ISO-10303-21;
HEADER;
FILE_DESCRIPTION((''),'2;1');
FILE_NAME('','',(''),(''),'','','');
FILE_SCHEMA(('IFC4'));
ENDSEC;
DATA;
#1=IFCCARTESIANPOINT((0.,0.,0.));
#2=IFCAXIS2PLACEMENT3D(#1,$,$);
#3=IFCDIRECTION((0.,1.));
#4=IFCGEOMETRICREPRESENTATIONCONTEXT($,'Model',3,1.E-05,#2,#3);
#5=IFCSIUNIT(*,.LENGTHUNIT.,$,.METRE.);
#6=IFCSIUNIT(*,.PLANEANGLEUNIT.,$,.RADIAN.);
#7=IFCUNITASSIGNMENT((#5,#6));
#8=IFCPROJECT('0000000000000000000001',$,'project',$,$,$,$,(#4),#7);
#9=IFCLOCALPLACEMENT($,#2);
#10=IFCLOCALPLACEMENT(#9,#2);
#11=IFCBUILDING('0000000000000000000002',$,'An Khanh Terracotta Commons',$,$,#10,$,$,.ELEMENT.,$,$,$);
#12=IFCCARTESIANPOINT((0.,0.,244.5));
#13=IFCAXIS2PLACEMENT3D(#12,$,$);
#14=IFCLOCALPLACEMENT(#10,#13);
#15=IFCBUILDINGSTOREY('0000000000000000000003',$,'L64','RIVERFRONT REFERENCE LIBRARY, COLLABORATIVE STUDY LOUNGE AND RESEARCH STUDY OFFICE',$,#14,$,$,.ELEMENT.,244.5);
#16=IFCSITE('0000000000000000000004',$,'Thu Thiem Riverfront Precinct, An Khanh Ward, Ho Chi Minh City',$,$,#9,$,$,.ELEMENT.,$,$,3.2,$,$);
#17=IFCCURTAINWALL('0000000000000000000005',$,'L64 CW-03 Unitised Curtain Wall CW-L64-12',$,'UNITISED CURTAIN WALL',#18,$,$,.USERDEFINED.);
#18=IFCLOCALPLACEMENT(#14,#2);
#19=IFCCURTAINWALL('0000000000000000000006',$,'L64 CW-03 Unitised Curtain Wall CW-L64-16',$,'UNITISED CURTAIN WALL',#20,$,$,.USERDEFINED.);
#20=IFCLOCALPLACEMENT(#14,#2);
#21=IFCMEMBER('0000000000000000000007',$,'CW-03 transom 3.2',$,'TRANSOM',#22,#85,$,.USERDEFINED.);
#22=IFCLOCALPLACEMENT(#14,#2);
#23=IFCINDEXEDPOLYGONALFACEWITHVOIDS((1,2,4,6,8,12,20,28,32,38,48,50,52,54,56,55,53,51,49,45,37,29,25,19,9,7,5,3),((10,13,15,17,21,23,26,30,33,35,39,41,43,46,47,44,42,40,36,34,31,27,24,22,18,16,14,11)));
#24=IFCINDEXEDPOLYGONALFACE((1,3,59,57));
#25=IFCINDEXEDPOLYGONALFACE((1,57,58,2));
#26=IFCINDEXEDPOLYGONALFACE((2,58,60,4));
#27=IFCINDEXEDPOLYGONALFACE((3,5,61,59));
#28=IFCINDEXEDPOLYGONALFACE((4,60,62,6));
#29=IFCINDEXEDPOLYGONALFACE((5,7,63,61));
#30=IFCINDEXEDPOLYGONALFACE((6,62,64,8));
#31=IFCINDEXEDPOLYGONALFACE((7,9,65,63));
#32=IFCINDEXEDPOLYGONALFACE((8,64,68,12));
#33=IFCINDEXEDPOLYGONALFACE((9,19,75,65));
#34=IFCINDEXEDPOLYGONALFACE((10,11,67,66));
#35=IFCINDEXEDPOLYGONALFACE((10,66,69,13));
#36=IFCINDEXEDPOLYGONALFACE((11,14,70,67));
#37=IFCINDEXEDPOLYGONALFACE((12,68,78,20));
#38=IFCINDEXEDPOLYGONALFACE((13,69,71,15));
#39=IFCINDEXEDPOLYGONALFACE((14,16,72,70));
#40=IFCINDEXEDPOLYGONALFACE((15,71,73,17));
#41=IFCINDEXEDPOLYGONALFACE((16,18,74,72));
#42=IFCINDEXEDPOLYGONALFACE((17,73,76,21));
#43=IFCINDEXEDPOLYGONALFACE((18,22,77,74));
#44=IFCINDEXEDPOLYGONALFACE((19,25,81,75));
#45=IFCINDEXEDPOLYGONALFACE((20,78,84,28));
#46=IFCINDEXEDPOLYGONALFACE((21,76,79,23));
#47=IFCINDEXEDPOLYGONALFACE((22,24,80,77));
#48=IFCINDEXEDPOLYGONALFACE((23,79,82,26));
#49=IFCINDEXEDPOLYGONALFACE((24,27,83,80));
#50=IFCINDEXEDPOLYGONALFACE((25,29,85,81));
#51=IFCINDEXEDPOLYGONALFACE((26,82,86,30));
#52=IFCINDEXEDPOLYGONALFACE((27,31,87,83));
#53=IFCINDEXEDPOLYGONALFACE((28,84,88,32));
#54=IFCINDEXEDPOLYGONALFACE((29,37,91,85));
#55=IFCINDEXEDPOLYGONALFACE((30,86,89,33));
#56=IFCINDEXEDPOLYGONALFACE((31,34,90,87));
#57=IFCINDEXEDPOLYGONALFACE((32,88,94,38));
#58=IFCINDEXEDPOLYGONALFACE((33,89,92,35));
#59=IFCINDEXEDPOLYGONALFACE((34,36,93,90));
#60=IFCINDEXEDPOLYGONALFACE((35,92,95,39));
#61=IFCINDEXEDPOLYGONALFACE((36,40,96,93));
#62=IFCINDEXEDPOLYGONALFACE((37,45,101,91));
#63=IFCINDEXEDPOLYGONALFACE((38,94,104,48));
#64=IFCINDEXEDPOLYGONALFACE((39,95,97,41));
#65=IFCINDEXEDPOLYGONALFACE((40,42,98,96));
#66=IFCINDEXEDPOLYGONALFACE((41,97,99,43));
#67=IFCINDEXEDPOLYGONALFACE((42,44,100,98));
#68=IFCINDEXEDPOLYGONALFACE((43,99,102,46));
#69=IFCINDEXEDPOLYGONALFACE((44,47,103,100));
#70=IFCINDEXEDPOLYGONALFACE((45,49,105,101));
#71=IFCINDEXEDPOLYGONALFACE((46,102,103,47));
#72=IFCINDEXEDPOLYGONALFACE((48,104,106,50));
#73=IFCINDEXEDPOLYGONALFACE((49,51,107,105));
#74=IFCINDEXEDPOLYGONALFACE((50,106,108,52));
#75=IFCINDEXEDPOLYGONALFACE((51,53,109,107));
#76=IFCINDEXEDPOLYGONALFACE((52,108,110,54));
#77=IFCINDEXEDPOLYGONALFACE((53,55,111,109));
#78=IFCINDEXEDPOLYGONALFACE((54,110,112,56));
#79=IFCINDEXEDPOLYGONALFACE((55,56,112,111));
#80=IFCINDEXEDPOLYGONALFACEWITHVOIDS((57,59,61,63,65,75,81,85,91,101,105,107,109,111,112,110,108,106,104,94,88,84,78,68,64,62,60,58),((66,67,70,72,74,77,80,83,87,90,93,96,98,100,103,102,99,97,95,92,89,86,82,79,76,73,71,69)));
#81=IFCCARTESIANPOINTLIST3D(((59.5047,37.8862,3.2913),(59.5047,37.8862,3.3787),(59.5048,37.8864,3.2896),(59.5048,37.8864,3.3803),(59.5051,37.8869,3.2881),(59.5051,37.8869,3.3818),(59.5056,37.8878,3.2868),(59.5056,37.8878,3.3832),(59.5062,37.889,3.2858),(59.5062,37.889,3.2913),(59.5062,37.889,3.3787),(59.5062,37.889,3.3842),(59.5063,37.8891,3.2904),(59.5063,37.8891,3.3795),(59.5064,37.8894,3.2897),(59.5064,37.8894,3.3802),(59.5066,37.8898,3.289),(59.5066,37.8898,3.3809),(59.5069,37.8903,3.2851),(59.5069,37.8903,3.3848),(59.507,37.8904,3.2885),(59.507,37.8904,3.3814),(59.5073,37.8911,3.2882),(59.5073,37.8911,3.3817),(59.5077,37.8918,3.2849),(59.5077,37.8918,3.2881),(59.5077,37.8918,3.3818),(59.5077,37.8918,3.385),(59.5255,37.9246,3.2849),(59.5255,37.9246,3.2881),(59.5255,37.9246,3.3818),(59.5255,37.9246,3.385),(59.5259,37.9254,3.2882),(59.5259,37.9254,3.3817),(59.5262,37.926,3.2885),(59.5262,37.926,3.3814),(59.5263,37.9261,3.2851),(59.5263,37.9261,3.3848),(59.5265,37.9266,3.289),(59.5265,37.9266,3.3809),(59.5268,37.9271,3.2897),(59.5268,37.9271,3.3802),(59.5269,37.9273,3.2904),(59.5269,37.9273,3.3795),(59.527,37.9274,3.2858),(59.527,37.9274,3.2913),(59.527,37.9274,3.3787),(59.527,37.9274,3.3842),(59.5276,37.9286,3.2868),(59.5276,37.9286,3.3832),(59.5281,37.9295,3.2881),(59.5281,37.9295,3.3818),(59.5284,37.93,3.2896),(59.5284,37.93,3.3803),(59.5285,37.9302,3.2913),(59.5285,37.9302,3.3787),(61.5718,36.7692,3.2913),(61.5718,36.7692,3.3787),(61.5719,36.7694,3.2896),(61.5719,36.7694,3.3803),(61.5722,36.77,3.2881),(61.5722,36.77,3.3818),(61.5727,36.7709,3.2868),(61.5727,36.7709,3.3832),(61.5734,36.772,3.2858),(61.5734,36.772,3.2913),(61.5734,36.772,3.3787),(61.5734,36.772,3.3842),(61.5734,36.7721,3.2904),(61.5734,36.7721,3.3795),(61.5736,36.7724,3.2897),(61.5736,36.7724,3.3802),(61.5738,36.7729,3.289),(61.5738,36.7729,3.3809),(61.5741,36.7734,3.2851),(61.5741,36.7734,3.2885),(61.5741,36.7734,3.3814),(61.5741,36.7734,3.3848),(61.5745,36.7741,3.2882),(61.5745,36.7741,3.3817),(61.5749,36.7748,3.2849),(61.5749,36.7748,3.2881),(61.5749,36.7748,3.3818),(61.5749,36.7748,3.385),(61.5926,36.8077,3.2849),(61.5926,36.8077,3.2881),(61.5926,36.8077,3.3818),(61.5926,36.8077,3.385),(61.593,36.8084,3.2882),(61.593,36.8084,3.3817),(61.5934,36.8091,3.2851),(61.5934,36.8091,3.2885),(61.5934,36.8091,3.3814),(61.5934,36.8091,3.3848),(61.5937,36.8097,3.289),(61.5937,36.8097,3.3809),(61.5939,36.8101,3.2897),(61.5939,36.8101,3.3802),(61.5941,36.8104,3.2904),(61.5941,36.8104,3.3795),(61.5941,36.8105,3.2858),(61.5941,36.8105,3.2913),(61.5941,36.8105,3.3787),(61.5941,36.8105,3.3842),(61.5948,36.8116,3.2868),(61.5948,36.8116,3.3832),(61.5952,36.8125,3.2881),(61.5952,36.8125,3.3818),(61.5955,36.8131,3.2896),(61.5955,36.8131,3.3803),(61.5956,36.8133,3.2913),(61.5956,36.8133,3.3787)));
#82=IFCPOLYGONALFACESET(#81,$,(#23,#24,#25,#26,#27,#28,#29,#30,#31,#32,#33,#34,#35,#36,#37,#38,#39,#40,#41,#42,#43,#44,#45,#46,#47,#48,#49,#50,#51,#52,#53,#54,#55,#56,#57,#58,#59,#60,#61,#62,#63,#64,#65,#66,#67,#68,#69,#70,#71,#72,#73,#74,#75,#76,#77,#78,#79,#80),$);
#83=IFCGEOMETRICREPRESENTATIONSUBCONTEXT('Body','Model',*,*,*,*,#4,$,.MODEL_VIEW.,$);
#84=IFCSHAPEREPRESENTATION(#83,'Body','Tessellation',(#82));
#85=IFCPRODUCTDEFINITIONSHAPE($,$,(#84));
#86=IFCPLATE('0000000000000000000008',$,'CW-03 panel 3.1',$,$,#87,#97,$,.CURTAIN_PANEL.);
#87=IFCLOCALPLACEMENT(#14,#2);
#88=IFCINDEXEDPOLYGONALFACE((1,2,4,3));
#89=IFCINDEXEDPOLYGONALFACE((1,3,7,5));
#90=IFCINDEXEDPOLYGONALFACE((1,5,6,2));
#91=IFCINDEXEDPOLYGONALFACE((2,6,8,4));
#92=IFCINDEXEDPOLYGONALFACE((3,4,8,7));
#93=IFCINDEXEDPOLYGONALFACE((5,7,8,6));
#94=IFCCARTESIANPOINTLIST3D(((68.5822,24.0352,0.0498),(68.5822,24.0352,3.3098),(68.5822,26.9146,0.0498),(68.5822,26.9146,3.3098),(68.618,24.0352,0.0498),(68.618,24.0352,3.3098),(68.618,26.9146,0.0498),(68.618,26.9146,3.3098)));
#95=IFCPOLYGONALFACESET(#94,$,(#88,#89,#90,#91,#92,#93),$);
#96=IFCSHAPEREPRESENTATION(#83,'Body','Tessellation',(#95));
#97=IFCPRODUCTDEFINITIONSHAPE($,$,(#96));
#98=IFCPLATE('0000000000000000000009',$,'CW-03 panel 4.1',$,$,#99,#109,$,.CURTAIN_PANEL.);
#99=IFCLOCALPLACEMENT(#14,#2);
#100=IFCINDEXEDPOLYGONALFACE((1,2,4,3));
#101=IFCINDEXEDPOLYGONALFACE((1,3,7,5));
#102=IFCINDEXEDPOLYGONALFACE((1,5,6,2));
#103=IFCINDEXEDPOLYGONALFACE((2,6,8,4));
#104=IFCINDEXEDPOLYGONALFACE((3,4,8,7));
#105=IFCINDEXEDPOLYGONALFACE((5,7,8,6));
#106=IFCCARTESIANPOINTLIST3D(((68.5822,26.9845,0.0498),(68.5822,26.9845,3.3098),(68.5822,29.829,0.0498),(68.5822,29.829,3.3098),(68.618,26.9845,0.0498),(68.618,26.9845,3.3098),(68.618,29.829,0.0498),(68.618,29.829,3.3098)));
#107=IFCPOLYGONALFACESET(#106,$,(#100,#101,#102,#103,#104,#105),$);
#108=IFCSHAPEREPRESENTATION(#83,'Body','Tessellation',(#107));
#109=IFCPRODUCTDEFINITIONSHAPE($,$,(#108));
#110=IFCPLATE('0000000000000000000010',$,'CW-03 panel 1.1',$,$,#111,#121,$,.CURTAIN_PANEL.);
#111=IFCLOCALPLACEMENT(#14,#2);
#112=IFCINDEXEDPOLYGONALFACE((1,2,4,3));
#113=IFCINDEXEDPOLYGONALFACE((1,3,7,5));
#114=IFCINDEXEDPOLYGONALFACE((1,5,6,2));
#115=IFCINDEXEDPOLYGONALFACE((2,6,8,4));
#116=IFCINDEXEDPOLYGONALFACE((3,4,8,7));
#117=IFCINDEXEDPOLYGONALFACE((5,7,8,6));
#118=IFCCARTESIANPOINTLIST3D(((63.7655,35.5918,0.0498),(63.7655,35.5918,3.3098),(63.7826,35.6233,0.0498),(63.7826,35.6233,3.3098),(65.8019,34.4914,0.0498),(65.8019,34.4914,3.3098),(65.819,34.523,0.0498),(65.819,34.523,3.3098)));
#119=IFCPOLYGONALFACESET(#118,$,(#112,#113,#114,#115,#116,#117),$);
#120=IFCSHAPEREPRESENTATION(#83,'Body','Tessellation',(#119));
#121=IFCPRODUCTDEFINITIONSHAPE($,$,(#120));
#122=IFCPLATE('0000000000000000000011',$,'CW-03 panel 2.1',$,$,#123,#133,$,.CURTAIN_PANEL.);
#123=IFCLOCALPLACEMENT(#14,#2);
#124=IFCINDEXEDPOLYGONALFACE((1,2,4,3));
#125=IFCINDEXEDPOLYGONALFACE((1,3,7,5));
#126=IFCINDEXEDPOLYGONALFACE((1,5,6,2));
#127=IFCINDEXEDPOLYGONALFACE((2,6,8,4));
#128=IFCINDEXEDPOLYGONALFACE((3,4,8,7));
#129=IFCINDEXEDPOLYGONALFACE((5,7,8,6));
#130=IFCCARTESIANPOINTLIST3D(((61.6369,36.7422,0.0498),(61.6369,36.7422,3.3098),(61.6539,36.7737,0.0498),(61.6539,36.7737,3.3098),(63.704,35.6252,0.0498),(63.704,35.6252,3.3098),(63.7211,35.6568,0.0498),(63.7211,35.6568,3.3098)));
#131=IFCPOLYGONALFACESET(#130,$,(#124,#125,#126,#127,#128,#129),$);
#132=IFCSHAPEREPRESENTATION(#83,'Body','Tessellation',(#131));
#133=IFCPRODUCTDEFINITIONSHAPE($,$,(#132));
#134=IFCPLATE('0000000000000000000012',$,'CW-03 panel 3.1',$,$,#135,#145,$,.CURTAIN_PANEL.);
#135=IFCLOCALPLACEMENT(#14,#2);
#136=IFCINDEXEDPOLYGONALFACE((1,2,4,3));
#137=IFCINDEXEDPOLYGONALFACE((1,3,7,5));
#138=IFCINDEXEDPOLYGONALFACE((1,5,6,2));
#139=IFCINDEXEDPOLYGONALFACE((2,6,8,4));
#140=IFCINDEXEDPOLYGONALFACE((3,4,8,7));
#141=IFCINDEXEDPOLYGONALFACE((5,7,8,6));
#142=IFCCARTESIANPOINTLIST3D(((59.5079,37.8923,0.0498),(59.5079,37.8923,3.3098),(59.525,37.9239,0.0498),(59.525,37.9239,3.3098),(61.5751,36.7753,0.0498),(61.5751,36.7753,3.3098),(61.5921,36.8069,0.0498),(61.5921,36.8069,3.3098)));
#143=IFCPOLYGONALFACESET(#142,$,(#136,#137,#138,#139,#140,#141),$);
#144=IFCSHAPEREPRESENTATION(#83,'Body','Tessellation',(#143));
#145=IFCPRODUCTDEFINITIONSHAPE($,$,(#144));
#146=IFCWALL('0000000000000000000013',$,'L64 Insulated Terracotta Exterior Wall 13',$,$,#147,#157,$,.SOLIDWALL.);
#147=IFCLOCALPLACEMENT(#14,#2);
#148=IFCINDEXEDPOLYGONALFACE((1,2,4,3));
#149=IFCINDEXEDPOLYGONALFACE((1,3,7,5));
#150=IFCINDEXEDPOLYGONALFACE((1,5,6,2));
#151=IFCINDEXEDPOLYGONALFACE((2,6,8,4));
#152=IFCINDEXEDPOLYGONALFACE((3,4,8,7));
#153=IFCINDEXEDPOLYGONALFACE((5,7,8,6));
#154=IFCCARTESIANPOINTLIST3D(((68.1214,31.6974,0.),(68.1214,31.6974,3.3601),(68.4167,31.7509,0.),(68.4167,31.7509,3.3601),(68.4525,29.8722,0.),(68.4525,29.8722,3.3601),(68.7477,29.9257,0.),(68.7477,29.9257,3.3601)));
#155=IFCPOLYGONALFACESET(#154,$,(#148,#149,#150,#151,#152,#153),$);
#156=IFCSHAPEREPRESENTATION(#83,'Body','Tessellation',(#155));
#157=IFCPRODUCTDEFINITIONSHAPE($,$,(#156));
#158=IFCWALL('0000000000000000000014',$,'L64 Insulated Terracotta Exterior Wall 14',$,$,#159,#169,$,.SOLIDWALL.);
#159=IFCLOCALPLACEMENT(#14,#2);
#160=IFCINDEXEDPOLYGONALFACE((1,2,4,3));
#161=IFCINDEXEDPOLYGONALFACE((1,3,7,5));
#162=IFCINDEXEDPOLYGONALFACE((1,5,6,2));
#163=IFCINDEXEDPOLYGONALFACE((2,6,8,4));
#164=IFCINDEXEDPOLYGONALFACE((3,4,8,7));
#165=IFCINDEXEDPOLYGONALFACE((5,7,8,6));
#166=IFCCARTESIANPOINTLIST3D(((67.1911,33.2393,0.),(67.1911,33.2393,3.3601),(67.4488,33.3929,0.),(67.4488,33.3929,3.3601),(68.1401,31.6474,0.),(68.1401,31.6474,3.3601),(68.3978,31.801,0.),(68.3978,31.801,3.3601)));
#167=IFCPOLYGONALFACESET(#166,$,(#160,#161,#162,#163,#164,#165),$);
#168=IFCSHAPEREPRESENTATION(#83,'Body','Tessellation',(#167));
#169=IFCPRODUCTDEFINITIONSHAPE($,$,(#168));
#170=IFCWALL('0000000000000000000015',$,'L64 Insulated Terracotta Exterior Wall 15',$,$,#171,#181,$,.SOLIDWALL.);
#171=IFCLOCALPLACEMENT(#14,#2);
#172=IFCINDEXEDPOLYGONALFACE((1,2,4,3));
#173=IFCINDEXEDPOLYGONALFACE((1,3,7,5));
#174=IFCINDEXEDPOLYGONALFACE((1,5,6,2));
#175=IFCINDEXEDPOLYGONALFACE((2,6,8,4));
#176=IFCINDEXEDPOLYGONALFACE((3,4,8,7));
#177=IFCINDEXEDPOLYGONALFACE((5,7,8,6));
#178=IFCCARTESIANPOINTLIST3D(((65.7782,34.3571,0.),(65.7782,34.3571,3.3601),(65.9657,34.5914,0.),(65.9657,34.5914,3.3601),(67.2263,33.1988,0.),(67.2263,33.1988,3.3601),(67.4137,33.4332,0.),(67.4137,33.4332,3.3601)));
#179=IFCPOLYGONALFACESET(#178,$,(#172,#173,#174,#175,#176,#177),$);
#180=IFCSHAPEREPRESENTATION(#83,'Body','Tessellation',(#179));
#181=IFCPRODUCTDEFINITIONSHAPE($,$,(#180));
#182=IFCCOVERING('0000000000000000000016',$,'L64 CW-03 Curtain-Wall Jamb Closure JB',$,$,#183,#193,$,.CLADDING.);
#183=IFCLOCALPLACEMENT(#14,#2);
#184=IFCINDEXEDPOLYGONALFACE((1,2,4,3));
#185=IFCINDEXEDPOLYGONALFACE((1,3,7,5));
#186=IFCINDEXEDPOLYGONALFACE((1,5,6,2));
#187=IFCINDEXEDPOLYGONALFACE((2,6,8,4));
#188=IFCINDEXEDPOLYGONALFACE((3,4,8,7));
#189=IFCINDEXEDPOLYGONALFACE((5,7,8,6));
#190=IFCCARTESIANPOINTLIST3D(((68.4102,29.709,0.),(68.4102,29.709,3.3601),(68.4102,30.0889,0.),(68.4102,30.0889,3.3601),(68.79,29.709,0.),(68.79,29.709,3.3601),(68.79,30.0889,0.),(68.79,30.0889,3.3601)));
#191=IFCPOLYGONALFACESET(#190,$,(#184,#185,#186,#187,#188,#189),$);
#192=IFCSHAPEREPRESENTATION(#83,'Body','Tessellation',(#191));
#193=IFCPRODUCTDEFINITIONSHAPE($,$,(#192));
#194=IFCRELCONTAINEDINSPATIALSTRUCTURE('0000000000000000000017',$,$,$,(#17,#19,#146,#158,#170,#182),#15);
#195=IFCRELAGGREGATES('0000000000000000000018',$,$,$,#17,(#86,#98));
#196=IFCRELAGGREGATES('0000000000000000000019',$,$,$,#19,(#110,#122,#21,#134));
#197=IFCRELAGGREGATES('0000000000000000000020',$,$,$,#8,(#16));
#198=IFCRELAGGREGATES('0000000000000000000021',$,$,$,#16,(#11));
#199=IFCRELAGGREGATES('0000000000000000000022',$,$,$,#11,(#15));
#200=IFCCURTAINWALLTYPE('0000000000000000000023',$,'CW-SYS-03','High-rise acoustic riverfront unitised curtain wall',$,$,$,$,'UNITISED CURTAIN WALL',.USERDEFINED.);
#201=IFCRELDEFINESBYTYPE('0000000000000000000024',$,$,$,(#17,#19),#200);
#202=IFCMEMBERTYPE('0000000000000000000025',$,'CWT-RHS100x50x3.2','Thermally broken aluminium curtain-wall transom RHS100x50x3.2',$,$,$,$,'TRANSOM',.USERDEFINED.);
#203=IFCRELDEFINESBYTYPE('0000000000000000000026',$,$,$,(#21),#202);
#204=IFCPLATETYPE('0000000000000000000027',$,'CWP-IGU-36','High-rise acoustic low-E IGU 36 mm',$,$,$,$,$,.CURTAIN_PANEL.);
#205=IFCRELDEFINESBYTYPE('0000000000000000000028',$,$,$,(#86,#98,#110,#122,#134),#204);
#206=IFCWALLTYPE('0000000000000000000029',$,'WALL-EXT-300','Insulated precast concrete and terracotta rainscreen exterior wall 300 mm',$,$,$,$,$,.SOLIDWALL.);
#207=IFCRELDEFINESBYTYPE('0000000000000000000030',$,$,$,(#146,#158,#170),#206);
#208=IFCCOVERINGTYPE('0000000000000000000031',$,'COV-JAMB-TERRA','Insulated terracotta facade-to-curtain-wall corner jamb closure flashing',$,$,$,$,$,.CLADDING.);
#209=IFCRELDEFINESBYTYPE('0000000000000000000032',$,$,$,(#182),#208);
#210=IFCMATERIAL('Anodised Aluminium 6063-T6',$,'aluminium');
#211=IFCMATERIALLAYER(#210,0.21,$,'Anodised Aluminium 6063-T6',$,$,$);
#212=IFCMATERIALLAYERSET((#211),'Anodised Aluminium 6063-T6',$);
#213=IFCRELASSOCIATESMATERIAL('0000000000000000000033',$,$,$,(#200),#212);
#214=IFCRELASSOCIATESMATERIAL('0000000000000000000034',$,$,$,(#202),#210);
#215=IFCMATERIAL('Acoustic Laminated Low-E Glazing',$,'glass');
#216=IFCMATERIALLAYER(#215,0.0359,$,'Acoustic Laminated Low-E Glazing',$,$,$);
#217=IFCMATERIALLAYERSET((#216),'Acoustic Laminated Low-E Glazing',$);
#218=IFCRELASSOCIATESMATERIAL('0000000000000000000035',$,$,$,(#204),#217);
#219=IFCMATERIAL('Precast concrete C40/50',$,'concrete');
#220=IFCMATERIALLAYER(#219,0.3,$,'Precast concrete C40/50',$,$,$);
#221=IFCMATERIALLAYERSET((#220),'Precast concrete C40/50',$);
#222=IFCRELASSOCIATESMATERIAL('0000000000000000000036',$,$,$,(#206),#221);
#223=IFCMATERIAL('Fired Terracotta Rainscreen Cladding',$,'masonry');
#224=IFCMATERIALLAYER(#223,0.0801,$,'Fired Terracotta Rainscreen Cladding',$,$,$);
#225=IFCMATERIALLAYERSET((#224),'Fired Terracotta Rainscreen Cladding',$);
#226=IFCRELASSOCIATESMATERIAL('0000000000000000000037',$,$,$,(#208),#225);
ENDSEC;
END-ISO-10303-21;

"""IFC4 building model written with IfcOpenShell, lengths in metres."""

from ifc_helpers import new_model, si_unit, direction, frame, frame_2d, origin, origin_2d, place, context, subcontext, project, spatial, rectangle, hollow_rectangle, extrude, material, layer, layer_set, material_profile, profile_set, type_object, element, aggregate, save


model = new_model("IFC4")

# Units and contexts
model_context = context("Model", 3, precision=1e-05, world=origin(), true_north=direction((0.0, 1.0)))
body_context = subcontext(model_context, "Body", "Model", "MODEL_VIEW")
ifc_project = project(units=[si_unit("LENGTHUNIT", "METRE"), si_unit("PLANEANGLEUNIT", "RADIAN")], contexts=[model_context])

# Site, building, storey
site_placement = place(None, origin())
site = spatial("IfcSite", under=ifc_project, at=site_placement, Name="Thu Thiem Riverfront Precinct, An Khanh Ward, Ho Chi Minh City", CompositionType="ELEMENT", RefElevation=3.2)
building_placement = place(site_placement, origin())
building = spatial("IfcBuilding", under=site, at=building_placement, Name="An Khanh Terracotta Commons", CompositionType="ELEMENT")
storey_placement = place(building_placement, frame((0.0, 0.0, 244.5)))
storey = spatial("IfcBuildingStorey", under=building, at=storey_placement, Name="L64", Description="RIVERFRONT REFERENCE LIBRARY, COLLABORATIVE STUDY LOUNGE AND RESEARCH STUDY OFFICE", CompositionType="ELEMENT", Elevation=244.5)

# Curtain walls
ifc_material_1 = material(Name="Anodised Aluminium 6063-T6", Category="aluminium")
ifc_layer_1 = layer(ifc_material_1, 0.21, Name="Anodised Aluminium 6063-T6")
ifc_layer_set_1 = layer_set([ifc_layer_1], Name="Anodised Aluminium 6063-T6")
curtain_wall_type = type_object("IfcCurtainWallType", Name="CW-SYS-03", Description="High-rise acoustic riverfront unitised curtain wall", ElementType="UNITISED CURTAIN WALL", PredefinedType="USERDEFINED", material=ifc_layer_set_1)
curtain_wall_1_placement = place(storey_placement, origin())
curtain_wall_1 = element("IfcCurtainWall", 1, at=curtain_wall_1_placement, inside=storey, type_object=curtain_wall_type, Name="L64 CW-03 Unitised Curtain Wall CW-L64-12", ObjectType="UNITISED CURTAIN WALL", PredefinedType="USERDEFINED")
curtain_wall_2_placement = place(storey_placement, origin())
curtain_wall_2 = element("IfcCurtainWall", 2, at=curtain_wall_2_placement, inside=storey, type_object=curtain_wall_type, Name="L64 CW-03 Unitised Curtain Wall CW-L64-16", ObjectType="UNITISED CURTAIN WALL", PredefinedType="USERDEFINED")

# Member
ifc_material_profile_1 = material_profile(ifc_material_1, hollow_rectangle(XDim=0.05, YDim=0.1001, WallThickness=0.0032, InnerFilletRadius=0.0032, OuterFilletRadius=0.0063, at=origin_2d()), Name="RHS100x50x3.2")
ifc_profile_set_1 = profile_set([ifc_material_profile_1], Name="Anodised Aluminium 6063-T6")
member_type_1 = type_object("IfcMemberType", Name="CWT-RHS100x50x3.2", Description="Thermally broken aluminium curtain-wall transom RHS100x50x3.2", ElementType="TRANSOM", PredefinedType="USERDEFINED", material=ifc_profile_set_1)
member_1_placement = place(storey_placement, frame((61.5837, 36.7913, 3.335), z_axis=(-0.879783, 0.475376, 0.0), x_axis=(-0.475376, -0.879783, 0.0)))
member_1 = element("IfcMember", 3, at=member_1_placement, type_object=member_type_1, Name="CW-03 transom 3.2", ObjectType="TRANSOM", PredefinedType="USERDEFINED", context=body_context, shape_type="SweptSolid", body=[
    extrude(hollow_rectangle(XDim=0.05, YDim=0.1001, WallThickness=0.0032, InnerFilletRadius=0.0032, OuterFilletRadius=0.0063, at=origin_2d()), origin(), (0.0, 0.0, 1.0), 2.3496),
])

# Plates
ifc_material_2 = material(Name="Acoustic Laminated Low-E Glazing", Category="glass")
ifc_layer_2 = layer(ifc_material_2, 0.0359, Name="Acoustic Laminated Low-E Glazing")
ifc_layer_set_2 = layer_set([ifc_layer_2], Name="Acoustic Laminated Low-E Glazing")
plate_type = type_object("IfcPlateType", Name="CWP-IGU-36", Description="High-rise acoustic low-E IGU 36 mm", PredefinedType="CURTAIN_PANEL", material=ifc_layer_set_2)
plate_1_placement = place(storey_placement, frame((68.6001, 25.4749, 0.0498), z_axis=(0.0, 0.0, 1.0), x_axis=(0.0, 1.0, 0.0)))
plate_1 = element("IfcPlate", 4, at=plate_1_placement, type_object=plate_type, Name="CW-03 panel 3.1", PredefinedType="CURTAIN_PANEL", context=body_context, shape_type="SweptSolid", body=[
    extrude(rectangle(XDim=2.8794, YDim=0.0359, at=origin_2d()), origin(), (0.0, 0.0, 1.0), 3.26),
])
plate_2_placement = place(storey_placement, frame((68.6001, 28.4067, 0.0498), z_axis=(0.0, 0.0, 1.0), x_axis=(0.0, 1.0, 0.0)))
plate_2 = element("IfcPlate", 5, at=plate_2_placement, type_object=plate_type, Name="CW-03 panel 4.1", PredefinedType="CURTAIN_PANEL", context=body_context, shape_type="SweptSolid", body=[
    extrude(rectangle(XDim=2.8445, YDim=0.0359, at=origin_2d()), origin(), (0.0, 0.0, 1.0), 3.26),
])
aggregate(curtain_wall_1, [plate_1, plate_2])
plate_3_placement = place(storey_placement, frame((64.7922, 35.0574, 0.0498), z_axis=(0.0, 0.0, 1.0), x_axis=(-0.87978, 0.475381, 0.0)))
plate_3 = element("IfcPlate", 6, at=plate_3_placement, type_object=plate_type, Name="CW-03 panel 1.1", PredefinedType="CURTAIN_PANEL", context=body_context, shape_type="SweptSolid", body=[
    extrude(rectangle(XDim=2.3147, YDim=0.0359, at=origin_2d()), origin(), (0.0, 0.0, 1.0), 3.26),
])
plate_4_placement = place(storey_placement, frame((62.679, 36.1995, 0.0498), z_axis=(0.0, 0.0, 1.0), x_axis=(-0.87978, 0.475381, 0.0)))
plate_4 = element("IfcPlate", 7, at=plate_4_placement, type_object=plate_type, Name="CW-03 panel 2.1", PredefinedType="CURTAIN_PANEL", context=body_context, shape_type="SweptSolid", body=[
    extrude(rectangle(XDim=2.3496, YDim=0.0359, at=origin_2d()), origin(), (0.0, 0.0, 1.0), 3.26),
])
plate_5_placement = place(storey_placement, frame((60.55, 37.3496, 0.0498), z_axis=(0.0, 0.0, 1.0), x_axis=(-0.87978, 0.475381, 0.0)))
plate_5 = element("IfcPlate", 8, at=plate_5_placement, type_object=plate_type, Name="CW-03 panel 3.1", PredefinedType="CURTAIN_PANEL", context=body_context, shape_type="SweptSolid", body=[
    extrude(rectangle(XDim=2.3496, YDim=0.0359, at=origin_2d()), origin(), (0.0, 0.0, 1.0), 3.26),
])
aggregate(curtain_wall_2, [plate_3, plate_4, member_1, plate_5])

# Walls
ifc_material_3 = material(Name="Precast concrete C40/50", Category="concrete")
ifc_layer_3 = layer(ifc_material_3, 0.3, Name="Precast concrete C40/50")
ifc_layer_set_3 = layer_set([ifc_layer_3], Name="Precast concrete C40/50")
wall_type = type_object("IfcWallType", Name="WALL-EXT-300", Description="Insulated precast concrete and terracotta rainscreen exterior wall 300 mm", PredefinedType="SOLIDWALL", material=ifc_layer_set_3)
wall_1_placement = place(storey_placement, frame((68.6001, 29.8989, 0.0), z_axis=(0.0, 0.0, 1.0), x_axis=(-0.178468, 0.983946, 0.0)))
element("IfcWall", 9, at=wall_1_placement, inside=storey, type_object=wall_type, Name="L64 Insulated Terracotta Exterior Wall 13", PredefinedType="SOLIDWALL", context=body_context, shape_type="SweptSolid", body=[
    extrude(rectangle(XDim=1.855, YDim=0.3, at=frame_2d((0.9275, 0.0))), origin(), (0.0, 0.0, 1.0), 3.3601),
])
wall_2_placement = place(storey_placement, frame((68.269, 31.7241, 0.0), z_axis=(0.0, 0.0, 1.0), x_axis=(-0.512072, 0.858943, 0.0)))
element("IfcWall", 10, at=wall_2_placement, inside=storey, type_object=wall_type, Name="L64 Insulated Terracotta Exterior Wall 14", PredefinedType="SOLIDWALL", context=body_context, shape_type="SweptSolid", body=[
    extrude(rectangle(XDim=1.8533, YDim=0.3, at=frame_2d((0.9268, 0.0))), origin(), (0.0, 0.0, 1.0), 3.3601),
])
wall_3_placement = place(storey_placement, frame((67.3201, 33.3159, 0.0), z_axis=(0.0, 0.0, 1.0), x_axis=(-0.78092, 0.624631, 0.0)))
element("IfcWall", 11, at=wall_3_placement, inside=storey, type_object=wall_type, Name="L64 Insulated Terracotta Exterior Wall 15", PredefinedType="SOLIDWALL", context=body_context, shape_type="SweptSolid", body=[
    extrude(rectangle(XDim=1.8542, YDim=0.3, at=frame_2d((0.9272, 0.0))), origin(), (0.0, 0.0, 1.0), 3.3601),
])

# Covering
ifc_material_4 = material(Name="Fired Terracotta Rainscreen Cladding", Category="masonry")
ifc_layer_4 = layer(ifc_material_4, 0.0801, Name="Fired Terracotta Rainscreen Cladding")
ifc_layer_set_4 = layer_set([ifc_layer_4], Name="Fired Terracotta Rainscreen Cladding")
covering_type = type_object("IfcCoveringType", Name="COV-JAMB-TERRA", Description="Insulated terracotta facade-to-curtain-wall corner jamb closure flashing", PredefinedType="CLADDING", material=ifc_layer_set_4)
for number, where, z_axis, x_axis, name in (
    (12, (68.6001, 29.8989, 0.0), (0.0, 0.0, 1.0), (1.0, 0.0, 0.0), "L64 CW-03 Curtain-Wall Jamb Closure JB"),
):
    element("IfcCovering", number, at=place(storey_placement, frame(where, z_axis=z_axis, x_axis=x_axis)), inside=storey, type_object=covering_type, Name=name, PredefinedType="CLADDING", context=body_context, shape_type="SweptSolid", body=[
        extrude(rectangle(XDim=0.3799, YDim=0.3799, at=origin_2d()), origin(), (0.0, 0.0, 1.0), 3.3601),
    ])

save(model, "model.ifc")
